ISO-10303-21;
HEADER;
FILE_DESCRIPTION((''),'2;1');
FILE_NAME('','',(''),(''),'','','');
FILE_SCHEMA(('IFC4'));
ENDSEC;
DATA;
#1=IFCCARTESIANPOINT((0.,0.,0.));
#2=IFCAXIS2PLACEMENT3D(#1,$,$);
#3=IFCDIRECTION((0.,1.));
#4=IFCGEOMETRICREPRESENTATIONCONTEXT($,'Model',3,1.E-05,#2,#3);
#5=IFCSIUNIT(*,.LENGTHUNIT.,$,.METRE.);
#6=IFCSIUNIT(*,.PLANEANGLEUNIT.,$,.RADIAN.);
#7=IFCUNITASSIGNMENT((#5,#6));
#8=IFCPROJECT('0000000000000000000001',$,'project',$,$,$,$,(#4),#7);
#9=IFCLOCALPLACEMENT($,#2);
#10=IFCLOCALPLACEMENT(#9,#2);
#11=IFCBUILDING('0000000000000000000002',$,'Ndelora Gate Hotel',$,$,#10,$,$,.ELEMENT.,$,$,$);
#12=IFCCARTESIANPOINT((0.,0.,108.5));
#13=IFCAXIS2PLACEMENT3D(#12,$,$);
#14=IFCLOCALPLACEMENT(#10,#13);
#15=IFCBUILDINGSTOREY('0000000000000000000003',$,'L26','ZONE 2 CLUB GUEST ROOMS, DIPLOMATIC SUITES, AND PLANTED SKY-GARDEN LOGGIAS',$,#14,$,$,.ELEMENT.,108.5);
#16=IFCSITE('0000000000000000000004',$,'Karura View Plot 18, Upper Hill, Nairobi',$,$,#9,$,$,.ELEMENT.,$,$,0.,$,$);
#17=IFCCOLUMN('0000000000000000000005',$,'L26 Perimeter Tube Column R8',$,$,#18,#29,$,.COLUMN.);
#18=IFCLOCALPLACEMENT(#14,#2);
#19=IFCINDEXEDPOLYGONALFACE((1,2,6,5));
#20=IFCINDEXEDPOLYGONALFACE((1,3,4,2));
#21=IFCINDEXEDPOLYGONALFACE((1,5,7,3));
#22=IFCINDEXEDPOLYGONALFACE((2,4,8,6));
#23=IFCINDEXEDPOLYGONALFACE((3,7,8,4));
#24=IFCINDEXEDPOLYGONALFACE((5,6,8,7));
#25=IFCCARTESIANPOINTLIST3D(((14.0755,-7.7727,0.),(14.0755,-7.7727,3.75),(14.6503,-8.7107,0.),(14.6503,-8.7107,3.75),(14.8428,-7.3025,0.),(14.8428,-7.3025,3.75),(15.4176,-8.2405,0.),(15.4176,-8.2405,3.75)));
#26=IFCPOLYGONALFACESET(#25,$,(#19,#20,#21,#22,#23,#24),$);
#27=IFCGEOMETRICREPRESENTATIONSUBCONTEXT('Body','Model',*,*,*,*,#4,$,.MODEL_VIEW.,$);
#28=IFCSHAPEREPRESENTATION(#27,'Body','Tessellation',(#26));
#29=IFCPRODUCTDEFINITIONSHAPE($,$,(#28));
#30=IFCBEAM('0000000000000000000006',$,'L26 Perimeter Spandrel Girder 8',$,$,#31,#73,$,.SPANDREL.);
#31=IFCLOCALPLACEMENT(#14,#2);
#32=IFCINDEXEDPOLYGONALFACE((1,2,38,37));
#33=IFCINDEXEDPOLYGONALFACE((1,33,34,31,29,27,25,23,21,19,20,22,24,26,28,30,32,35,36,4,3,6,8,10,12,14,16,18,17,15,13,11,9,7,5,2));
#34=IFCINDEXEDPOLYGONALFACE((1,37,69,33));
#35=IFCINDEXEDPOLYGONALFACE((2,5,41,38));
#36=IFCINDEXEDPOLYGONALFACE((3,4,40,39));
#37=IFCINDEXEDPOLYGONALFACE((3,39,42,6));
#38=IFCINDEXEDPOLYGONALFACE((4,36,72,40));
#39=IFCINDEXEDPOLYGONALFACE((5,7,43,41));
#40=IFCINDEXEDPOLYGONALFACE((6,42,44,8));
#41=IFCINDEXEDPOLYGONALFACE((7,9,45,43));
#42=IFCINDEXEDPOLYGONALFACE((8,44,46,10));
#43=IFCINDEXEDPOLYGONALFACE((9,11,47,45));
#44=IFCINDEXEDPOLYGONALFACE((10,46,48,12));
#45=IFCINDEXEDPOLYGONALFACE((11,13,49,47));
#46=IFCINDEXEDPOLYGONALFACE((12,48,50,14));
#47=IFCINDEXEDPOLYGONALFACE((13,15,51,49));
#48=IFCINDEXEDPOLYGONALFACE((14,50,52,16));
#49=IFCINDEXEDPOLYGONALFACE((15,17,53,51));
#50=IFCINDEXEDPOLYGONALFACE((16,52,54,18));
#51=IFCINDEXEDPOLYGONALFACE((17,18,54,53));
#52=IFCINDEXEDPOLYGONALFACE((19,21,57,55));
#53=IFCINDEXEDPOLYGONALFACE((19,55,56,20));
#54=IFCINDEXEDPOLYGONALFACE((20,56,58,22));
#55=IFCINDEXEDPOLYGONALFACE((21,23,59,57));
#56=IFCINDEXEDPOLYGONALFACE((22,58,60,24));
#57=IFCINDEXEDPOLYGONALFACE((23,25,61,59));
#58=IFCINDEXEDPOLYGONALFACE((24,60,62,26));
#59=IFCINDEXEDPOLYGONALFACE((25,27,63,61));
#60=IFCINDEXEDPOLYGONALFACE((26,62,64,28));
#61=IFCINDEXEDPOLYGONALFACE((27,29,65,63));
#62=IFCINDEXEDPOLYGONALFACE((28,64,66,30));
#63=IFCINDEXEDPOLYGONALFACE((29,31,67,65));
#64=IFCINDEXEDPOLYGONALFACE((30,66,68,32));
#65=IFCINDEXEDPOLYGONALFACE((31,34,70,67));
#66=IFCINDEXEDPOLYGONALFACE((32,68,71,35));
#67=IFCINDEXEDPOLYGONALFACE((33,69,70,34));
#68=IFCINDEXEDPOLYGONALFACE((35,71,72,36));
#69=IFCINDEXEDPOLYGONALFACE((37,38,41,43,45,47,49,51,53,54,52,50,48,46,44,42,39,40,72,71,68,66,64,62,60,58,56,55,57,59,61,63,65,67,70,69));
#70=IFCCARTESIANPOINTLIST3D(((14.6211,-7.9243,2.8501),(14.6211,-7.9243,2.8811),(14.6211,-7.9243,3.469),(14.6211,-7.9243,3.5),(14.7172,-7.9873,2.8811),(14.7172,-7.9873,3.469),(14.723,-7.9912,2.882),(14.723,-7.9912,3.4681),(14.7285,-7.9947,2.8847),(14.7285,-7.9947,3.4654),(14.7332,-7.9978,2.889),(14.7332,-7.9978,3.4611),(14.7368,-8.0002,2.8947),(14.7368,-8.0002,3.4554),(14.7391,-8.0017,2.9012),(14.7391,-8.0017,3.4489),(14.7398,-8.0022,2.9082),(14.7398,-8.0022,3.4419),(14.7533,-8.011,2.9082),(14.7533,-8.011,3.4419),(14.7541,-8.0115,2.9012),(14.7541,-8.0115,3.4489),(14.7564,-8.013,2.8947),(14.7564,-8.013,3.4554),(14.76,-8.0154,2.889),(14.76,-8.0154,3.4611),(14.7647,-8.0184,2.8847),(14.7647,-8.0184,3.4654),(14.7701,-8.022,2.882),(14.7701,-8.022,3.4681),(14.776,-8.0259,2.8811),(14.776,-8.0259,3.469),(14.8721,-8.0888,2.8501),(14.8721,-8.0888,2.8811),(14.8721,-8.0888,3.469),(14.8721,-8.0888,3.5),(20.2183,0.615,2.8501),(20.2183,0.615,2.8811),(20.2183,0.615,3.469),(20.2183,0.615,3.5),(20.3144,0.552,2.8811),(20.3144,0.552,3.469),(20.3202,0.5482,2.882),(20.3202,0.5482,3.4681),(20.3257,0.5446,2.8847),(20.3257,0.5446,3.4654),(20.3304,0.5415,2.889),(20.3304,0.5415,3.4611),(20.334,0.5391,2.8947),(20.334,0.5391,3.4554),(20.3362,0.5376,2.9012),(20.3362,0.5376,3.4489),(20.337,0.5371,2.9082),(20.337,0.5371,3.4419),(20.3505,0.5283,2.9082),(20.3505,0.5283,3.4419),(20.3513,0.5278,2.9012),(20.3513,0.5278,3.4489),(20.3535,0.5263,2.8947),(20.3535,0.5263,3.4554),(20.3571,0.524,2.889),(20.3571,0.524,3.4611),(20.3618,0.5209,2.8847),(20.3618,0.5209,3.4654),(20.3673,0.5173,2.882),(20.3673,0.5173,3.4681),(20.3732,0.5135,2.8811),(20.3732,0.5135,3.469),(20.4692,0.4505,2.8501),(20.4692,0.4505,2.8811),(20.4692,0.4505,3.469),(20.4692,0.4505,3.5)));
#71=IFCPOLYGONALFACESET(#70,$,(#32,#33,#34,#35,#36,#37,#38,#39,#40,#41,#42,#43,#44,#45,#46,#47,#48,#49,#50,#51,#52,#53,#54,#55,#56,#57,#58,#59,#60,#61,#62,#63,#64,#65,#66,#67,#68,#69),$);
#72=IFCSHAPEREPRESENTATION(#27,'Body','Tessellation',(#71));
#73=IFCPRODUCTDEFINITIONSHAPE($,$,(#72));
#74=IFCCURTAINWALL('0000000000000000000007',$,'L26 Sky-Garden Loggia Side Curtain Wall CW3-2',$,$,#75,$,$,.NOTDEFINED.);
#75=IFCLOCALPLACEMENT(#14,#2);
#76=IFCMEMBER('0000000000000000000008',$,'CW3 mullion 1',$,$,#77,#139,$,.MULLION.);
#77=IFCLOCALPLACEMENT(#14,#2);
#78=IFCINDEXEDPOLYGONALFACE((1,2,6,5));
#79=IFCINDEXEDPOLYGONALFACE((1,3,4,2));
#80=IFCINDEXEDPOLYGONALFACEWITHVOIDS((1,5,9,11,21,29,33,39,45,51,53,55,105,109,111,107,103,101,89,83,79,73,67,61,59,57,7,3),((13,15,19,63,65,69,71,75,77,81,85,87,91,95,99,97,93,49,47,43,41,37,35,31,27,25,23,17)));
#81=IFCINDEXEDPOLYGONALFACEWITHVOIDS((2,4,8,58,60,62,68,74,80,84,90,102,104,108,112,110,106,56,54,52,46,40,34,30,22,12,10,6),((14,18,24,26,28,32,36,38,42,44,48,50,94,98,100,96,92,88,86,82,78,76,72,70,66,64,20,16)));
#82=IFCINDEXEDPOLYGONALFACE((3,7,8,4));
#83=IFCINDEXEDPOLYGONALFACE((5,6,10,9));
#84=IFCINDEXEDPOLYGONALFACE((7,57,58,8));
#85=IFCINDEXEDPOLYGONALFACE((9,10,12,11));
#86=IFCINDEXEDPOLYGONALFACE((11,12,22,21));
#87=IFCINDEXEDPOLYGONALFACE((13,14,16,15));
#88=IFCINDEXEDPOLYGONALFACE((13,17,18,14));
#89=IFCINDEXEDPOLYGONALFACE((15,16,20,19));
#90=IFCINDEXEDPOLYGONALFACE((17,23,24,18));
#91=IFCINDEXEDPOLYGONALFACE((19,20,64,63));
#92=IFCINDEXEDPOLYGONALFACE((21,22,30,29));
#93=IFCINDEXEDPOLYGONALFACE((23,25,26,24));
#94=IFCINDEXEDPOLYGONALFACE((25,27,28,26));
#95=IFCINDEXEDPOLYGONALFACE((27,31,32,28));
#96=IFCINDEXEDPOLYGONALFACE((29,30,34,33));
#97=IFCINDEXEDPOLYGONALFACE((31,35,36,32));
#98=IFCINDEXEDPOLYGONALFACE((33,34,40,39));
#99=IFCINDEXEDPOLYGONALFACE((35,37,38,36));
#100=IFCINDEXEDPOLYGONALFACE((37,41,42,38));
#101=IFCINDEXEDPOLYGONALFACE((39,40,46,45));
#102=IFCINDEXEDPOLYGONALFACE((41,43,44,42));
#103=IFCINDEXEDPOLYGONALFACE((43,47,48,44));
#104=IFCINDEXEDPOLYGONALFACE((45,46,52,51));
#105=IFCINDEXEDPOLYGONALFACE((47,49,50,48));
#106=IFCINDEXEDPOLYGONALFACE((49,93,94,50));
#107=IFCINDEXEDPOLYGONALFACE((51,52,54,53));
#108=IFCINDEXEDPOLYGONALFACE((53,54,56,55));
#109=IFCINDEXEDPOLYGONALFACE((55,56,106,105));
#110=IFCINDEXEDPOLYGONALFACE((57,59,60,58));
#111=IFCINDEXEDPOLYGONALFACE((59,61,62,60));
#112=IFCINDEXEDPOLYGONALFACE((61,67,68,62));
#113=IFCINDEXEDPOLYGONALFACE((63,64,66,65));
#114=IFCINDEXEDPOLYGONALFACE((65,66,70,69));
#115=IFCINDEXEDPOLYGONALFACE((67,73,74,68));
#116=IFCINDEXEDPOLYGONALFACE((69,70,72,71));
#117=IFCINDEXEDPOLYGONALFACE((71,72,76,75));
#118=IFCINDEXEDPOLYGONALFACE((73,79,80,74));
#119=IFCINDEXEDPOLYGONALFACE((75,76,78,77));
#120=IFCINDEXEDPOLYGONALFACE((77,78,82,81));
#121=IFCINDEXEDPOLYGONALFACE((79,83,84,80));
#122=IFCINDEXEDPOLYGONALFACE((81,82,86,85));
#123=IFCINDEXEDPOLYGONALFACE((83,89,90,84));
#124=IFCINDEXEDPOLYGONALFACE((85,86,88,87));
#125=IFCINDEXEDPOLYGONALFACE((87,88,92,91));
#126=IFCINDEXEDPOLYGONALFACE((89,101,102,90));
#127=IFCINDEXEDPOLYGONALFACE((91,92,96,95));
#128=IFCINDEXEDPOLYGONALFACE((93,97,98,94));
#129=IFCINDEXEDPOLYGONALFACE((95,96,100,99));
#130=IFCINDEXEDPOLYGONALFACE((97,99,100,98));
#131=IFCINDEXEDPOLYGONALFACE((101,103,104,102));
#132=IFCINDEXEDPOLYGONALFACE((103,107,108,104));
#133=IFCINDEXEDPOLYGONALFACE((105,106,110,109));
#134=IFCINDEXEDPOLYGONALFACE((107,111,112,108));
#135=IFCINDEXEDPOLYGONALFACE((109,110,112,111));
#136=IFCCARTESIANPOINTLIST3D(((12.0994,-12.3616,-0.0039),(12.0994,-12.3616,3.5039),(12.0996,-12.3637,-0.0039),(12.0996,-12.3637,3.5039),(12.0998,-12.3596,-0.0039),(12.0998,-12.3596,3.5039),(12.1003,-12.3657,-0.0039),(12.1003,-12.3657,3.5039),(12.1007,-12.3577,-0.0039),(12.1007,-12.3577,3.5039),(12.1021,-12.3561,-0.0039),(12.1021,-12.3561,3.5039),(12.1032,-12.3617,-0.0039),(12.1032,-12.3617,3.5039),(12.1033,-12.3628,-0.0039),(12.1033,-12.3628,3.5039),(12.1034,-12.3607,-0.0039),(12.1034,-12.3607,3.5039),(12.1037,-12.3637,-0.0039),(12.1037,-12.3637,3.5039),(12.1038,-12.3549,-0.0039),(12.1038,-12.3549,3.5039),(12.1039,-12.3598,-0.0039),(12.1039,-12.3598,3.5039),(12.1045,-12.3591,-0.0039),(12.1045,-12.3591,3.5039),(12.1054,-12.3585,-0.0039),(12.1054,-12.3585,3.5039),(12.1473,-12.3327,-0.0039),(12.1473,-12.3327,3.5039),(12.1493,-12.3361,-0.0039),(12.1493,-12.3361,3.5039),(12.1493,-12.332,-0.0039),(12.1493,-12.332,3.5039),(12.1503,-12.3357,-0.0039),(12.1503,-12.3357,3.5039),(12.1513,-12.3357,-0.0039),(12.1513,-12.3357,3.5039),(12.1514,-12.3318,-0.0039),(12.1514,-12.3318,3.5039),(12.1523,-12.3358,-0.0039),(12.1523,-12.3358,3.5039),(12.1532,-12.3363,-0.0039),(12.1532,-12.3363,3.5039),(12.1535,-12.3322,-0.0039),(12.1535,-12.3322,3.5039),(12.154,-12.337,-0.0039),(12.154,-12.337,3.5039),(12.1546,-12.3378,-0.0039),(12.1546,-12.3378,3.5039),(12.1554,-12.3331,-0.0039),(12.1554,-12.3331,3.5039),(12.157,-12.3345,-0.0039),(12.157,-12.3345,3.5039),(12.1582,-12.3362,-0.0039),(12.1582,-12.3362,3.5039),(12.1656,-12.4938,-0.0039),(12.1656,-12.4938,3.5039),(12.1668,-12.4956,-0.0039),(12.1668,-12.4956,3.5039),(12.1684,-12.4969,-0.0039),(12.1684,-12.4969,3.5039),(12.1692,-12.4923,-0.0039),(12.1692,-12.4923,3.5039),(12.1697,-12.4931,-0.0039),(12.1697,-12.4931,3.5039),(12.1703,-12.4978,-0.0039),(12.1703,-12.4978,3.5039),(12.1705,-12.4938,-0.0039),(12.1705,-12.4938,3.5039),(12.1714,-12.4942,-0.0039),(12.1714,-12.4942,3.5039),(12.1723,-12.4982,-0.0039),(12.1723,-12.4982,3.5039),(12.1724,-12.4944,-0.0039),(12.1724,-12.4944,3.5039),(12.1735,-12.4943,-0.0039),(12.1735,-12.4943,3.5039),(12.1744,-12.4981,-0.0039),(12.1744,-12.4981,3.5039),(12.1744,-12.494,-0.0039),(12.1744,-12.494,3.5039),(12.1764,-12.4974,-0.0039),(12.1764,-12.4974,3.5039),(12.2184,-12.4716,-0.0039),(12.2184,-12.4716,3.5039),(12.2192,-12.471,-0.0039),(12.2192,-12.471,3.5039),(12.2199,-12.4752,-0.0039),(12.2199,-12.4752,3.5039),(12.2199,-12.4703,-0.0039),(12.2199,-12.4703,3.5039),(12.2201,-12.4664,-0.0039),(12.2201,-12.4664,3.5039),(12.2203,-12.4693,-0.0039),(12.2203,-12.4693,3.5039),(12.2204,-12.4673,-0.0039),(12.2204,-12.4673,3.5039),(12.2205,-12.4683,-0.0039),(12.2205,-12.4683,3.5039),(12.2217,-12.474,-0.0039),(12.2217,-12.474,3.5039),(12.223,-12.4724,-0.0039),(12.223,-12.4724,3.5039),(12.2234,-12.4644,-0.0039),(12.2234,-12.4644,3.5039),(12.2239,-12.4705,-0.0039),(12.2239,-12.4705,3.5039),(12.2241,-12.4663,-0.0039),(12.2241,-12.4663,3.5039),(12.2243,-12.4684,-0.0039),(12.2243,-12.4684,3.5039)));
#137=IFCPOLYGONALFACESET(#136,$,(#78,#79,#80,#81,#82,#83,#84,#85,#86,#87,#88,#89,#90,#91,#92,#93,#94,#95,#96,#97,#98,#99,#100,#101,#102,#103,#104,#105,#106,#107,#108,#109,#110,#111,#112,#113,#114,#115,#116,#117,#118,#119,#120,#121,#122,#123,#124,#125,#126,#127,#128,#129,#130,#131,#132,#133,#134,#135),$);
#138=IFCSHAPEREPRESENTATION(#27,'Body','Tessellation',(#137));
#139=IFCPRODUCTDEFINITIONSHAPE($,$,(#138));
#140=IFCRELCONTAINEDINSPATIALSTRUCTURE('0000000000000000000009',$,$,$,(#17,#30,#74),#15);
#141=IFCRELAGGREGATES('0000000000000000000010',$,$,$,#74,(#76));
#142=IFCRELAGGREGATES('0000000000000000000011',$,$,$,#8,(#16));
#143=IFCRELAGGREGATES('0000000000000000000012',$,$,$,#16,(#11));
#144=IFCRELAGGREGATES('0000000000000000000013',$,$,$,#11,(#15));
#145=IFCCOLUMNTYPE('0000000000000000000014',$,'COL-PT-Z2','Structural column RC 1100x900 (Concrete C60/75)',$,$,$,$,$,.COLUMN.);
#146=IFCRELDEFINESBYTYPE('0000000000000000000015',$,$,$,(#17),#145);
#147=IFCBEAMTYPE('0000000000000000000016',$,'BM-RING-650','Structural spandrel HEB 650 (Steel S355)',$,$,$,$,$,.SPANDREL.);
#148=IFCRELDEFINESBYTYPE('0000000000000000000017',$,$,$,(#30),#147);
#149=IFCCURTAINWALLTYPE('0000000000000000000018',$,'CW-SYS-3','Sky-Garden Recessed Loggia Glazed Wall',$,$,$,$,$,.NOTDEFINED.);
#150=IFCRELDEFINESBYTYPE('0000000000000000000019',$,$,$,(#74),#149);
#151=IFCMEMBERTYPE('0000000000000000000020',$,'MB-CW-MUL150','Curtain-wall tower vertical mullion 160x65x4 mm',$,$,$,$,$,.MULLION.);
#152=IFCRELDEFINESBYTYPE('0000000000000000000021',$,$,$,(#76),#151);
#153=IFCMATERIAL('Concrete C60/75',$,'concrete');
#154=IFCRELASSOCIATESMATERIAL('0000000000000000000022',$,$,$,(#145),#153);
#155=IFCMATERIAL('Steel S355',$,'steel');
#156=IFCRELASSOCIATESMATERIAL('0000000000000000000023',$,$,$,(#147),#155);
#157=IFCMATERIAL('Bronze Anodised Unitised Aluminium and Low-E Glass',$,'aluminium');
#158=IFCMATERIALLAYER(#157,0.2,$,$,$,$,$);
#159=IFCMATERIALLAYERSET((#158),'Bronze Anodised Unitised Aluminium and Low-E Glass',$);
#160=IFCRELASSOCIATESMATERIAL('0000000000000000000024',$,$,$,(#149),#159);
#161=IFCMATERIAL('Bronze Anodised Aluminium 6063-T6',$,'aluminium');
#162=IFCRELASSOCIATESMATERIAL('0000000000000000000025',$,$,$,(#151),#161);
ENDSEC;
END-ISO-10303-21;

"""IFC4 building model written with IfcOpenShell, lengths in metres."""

from ifc_helpers import new_model, si_unit, direction, frame, origin, origin_2d, place, context, subcontext, project, spatial, rectangle, hollow_rectangle, i_section, extrude, material, layer, layer_set, material_profile, profile_set, type_object, element, aggregate, save


model = new_model("IFC4")

# Units and contexts
model_context = context("Model", 3, precision=1e-05, world=origin(), true_north=direction((0.0, 1.0)))
body_context = subcontext(model_context, "Body", "Model", "MODEL_VIEW")
ifc_project = project(units=[si_unit("LENGTHUNIT", "METRE"), si_unit("PLANEANGLEUNIT", "RADIAN")], contexts=[model_context])

# Site, building, storey
site_placement = place(None, origin())
site = spatial("IfcSite", under=ifc_project, at=site_placement, Name="Karura View Plot 18, Upper Hill, Nairobi", CompositionType="ELEMENT", RefElevation=0.0)
building_placement = place(site_placement, origin())
building = spatial("IfcBuilding", under=site, at=building_placement, Name="Ndelora Gate Hotel", CompositionType="ELEMENT")
storey_placement = place(building_placement, frame((0.0, 0.0, 108.5)))
storey = spatial("IfcBuildingStorey", under=building, at=storey_placement, Name="L26", Description="ZONE 2 CLUB GUEST ROOMS, DIPLOMATIC SUITES, AND PLANTED SKY-GARDEN LOGGIAS", CompositionType="ELEMENT", Elevation=108.5)

# Column
ifc_material_1 = material(Name="Concrete C60/75", Category="concrete")
ifc_material_profile_1 = material_profile(ifc_material_1, rectangle(XDim=0.8999, YDim=1.1001, at=origin_2d()), Name="RC 1100x900")
ifc_profile_set_1 = profile_set([ifc_material_profile_1], Name="Concrete C60/75")
column_type = type_object("IfcColumnType", Name="COL-PT-Z2", Description="Structural column RC 1100x900 (Concrete C60/75)", PredefinedType="COLUMN", material=ifc_profile_set_1)
column_placement = place(storey_placement, frame((14.7466, -8.0066, 0.0), z_axis=(0.0, 0.0, 1.0), x_axis=(0.85264, 0.522499, 0.0)))
element("IfcColumn", 1, at=column_placement, inside=storey, type_object=column_type, Name="L26 Perimeter Tube Column R8", PredefinedType="COLUMN", context=body_context, shape_type="SweptSolid", body=[
    extrude(rectangle(XDim=0.8999, YDim=1.1001, at=origin_2d()), origin(), (0.0, 0.0, 1.0), 3.75),
])

# Beam
ifc_material_2 = material(Name="Steel S355", Category="steel")
ifc_material_profile_2 = material_profile(ifc_material_2, i_section(OverallWidth=0.3, OverallDepth=0.6499, WebThickness=0.0161, FlangeThickness=0.031, FilletRadius=0.0271, at=origin_2d()), Name="HEB 650")
ifc_profile_set_2 = profile_set([ifc_material_profile_2], Name="Steel S355")
beam_type = type_object("IfcBeamType", Name="BM-RING-650", Description="Structural spandrel HEB 650 (Steel S355)", PredefinedType="SPANDREL", material=ifc_profile_set_2)
beam_placement = place(storey_placement, frame((14.7466, -8.0066, 3.175), z_axis=(0.548194, 0.836351, 0.0), x_axis=(-0.836351, 0.548194, 0.0)))
element("IfcBeam", 2, at=beam_placement, inside=storey, type_object=beam_type, Name="L26 Perimeter Spandrel Girder 8", PredefinedType="SPANDREL", context=body_context, shape_type="SweptSolid", body=[
    extrude(i_section(OverallWidth=0.3, OverallDepth=0.6499, WebThickness=0.0161, FlangeThickness=0.031, FilletRadius=0.0271, at=origin_2d()), origin(), (0.0, 0.0, 1.0), 10.2102),
])

# Curtain wall, member
ifc_material_3 = material(Name="Bronze Anodised Unitised Aluminium and Low-E Glass", Category="aluminium")
ifc_layer_1 = layer(ifc_material_3, 0.2)
ifc_layer_set_1 = layer_set([ifc_layer_1], Name="Bronze Anodised Unitised Aluminium and Low-E Glass")
curtain_wall_type = type_object("IfcCurtainWallType", Name="CW-SYS-3", Description="Sky-Garden Recessed Loggia Glazed Wall", PredefinedType="NOTDEFINED", material=ifc_layer_set_1)
curtain_wall_placement = place(storey_placement, origin())
curtain_wall = element("IfcCurtainWall", 3, at=curtain_wall_placement, inside=storey, type_object=curtain_wall_type, Name="L26 Sky-Garden Loggia Side Curtain Wall CW3-2", PredefinedType="NOTDEFINED")
ifc_material_4 = material(Name="Bronze Anodised Aluminium 6063-T6", Category="aluminium")
ifc_material_profile_3 = material_profile(ifc_material_4, hollow_rectangle(XDim=0.0649, YDim=0.1599, WallThickness=0.0039, InnerFilletRadius=0.0039, OuterFilletRadius=0.0081, at=origin_2d()), Name="ALU 160x65x4")
ifc_profile_set_3 = profile_set([ifc_material_profile_3], Name="Bronze Anodised Aluminium 6063-T6")
member_type_1 = type_object("IfcMemberType", Name="MB-CW-MUL150", Description="Curtain-wall tower vertical mullion 160x65x4 mm", PredefinedType="MULLION", material=ifc_profile_set_3)
member_1_placement = place(storey_placement, frame((12.1619, -12.415, -0.0039), z_axis=(0.0, 0.0, 1.0), x_axis=(-0.891001, -0.454001, 0.0)))
member_1 = element("IfcMember", 4, at=member_1_placement, type_object=member_type_1, Name="CW3 mullion 1", PredefinedType="MULLION", context=body_context, shape_type="SweptSolid", body=[
    extrude(hollow_rectangle(XDim=0.0649, YDim=0.1599, WallThickness=0.0039, InnerFilletRadius=0.0039, OuterFilletRadius=0.0081, at=origin_2d()), origin(), (0.0, 0.0, 1.0), 3.5078),
])
aggregate(curtain_wall, [member_1])

save(model, "model.ifc")
